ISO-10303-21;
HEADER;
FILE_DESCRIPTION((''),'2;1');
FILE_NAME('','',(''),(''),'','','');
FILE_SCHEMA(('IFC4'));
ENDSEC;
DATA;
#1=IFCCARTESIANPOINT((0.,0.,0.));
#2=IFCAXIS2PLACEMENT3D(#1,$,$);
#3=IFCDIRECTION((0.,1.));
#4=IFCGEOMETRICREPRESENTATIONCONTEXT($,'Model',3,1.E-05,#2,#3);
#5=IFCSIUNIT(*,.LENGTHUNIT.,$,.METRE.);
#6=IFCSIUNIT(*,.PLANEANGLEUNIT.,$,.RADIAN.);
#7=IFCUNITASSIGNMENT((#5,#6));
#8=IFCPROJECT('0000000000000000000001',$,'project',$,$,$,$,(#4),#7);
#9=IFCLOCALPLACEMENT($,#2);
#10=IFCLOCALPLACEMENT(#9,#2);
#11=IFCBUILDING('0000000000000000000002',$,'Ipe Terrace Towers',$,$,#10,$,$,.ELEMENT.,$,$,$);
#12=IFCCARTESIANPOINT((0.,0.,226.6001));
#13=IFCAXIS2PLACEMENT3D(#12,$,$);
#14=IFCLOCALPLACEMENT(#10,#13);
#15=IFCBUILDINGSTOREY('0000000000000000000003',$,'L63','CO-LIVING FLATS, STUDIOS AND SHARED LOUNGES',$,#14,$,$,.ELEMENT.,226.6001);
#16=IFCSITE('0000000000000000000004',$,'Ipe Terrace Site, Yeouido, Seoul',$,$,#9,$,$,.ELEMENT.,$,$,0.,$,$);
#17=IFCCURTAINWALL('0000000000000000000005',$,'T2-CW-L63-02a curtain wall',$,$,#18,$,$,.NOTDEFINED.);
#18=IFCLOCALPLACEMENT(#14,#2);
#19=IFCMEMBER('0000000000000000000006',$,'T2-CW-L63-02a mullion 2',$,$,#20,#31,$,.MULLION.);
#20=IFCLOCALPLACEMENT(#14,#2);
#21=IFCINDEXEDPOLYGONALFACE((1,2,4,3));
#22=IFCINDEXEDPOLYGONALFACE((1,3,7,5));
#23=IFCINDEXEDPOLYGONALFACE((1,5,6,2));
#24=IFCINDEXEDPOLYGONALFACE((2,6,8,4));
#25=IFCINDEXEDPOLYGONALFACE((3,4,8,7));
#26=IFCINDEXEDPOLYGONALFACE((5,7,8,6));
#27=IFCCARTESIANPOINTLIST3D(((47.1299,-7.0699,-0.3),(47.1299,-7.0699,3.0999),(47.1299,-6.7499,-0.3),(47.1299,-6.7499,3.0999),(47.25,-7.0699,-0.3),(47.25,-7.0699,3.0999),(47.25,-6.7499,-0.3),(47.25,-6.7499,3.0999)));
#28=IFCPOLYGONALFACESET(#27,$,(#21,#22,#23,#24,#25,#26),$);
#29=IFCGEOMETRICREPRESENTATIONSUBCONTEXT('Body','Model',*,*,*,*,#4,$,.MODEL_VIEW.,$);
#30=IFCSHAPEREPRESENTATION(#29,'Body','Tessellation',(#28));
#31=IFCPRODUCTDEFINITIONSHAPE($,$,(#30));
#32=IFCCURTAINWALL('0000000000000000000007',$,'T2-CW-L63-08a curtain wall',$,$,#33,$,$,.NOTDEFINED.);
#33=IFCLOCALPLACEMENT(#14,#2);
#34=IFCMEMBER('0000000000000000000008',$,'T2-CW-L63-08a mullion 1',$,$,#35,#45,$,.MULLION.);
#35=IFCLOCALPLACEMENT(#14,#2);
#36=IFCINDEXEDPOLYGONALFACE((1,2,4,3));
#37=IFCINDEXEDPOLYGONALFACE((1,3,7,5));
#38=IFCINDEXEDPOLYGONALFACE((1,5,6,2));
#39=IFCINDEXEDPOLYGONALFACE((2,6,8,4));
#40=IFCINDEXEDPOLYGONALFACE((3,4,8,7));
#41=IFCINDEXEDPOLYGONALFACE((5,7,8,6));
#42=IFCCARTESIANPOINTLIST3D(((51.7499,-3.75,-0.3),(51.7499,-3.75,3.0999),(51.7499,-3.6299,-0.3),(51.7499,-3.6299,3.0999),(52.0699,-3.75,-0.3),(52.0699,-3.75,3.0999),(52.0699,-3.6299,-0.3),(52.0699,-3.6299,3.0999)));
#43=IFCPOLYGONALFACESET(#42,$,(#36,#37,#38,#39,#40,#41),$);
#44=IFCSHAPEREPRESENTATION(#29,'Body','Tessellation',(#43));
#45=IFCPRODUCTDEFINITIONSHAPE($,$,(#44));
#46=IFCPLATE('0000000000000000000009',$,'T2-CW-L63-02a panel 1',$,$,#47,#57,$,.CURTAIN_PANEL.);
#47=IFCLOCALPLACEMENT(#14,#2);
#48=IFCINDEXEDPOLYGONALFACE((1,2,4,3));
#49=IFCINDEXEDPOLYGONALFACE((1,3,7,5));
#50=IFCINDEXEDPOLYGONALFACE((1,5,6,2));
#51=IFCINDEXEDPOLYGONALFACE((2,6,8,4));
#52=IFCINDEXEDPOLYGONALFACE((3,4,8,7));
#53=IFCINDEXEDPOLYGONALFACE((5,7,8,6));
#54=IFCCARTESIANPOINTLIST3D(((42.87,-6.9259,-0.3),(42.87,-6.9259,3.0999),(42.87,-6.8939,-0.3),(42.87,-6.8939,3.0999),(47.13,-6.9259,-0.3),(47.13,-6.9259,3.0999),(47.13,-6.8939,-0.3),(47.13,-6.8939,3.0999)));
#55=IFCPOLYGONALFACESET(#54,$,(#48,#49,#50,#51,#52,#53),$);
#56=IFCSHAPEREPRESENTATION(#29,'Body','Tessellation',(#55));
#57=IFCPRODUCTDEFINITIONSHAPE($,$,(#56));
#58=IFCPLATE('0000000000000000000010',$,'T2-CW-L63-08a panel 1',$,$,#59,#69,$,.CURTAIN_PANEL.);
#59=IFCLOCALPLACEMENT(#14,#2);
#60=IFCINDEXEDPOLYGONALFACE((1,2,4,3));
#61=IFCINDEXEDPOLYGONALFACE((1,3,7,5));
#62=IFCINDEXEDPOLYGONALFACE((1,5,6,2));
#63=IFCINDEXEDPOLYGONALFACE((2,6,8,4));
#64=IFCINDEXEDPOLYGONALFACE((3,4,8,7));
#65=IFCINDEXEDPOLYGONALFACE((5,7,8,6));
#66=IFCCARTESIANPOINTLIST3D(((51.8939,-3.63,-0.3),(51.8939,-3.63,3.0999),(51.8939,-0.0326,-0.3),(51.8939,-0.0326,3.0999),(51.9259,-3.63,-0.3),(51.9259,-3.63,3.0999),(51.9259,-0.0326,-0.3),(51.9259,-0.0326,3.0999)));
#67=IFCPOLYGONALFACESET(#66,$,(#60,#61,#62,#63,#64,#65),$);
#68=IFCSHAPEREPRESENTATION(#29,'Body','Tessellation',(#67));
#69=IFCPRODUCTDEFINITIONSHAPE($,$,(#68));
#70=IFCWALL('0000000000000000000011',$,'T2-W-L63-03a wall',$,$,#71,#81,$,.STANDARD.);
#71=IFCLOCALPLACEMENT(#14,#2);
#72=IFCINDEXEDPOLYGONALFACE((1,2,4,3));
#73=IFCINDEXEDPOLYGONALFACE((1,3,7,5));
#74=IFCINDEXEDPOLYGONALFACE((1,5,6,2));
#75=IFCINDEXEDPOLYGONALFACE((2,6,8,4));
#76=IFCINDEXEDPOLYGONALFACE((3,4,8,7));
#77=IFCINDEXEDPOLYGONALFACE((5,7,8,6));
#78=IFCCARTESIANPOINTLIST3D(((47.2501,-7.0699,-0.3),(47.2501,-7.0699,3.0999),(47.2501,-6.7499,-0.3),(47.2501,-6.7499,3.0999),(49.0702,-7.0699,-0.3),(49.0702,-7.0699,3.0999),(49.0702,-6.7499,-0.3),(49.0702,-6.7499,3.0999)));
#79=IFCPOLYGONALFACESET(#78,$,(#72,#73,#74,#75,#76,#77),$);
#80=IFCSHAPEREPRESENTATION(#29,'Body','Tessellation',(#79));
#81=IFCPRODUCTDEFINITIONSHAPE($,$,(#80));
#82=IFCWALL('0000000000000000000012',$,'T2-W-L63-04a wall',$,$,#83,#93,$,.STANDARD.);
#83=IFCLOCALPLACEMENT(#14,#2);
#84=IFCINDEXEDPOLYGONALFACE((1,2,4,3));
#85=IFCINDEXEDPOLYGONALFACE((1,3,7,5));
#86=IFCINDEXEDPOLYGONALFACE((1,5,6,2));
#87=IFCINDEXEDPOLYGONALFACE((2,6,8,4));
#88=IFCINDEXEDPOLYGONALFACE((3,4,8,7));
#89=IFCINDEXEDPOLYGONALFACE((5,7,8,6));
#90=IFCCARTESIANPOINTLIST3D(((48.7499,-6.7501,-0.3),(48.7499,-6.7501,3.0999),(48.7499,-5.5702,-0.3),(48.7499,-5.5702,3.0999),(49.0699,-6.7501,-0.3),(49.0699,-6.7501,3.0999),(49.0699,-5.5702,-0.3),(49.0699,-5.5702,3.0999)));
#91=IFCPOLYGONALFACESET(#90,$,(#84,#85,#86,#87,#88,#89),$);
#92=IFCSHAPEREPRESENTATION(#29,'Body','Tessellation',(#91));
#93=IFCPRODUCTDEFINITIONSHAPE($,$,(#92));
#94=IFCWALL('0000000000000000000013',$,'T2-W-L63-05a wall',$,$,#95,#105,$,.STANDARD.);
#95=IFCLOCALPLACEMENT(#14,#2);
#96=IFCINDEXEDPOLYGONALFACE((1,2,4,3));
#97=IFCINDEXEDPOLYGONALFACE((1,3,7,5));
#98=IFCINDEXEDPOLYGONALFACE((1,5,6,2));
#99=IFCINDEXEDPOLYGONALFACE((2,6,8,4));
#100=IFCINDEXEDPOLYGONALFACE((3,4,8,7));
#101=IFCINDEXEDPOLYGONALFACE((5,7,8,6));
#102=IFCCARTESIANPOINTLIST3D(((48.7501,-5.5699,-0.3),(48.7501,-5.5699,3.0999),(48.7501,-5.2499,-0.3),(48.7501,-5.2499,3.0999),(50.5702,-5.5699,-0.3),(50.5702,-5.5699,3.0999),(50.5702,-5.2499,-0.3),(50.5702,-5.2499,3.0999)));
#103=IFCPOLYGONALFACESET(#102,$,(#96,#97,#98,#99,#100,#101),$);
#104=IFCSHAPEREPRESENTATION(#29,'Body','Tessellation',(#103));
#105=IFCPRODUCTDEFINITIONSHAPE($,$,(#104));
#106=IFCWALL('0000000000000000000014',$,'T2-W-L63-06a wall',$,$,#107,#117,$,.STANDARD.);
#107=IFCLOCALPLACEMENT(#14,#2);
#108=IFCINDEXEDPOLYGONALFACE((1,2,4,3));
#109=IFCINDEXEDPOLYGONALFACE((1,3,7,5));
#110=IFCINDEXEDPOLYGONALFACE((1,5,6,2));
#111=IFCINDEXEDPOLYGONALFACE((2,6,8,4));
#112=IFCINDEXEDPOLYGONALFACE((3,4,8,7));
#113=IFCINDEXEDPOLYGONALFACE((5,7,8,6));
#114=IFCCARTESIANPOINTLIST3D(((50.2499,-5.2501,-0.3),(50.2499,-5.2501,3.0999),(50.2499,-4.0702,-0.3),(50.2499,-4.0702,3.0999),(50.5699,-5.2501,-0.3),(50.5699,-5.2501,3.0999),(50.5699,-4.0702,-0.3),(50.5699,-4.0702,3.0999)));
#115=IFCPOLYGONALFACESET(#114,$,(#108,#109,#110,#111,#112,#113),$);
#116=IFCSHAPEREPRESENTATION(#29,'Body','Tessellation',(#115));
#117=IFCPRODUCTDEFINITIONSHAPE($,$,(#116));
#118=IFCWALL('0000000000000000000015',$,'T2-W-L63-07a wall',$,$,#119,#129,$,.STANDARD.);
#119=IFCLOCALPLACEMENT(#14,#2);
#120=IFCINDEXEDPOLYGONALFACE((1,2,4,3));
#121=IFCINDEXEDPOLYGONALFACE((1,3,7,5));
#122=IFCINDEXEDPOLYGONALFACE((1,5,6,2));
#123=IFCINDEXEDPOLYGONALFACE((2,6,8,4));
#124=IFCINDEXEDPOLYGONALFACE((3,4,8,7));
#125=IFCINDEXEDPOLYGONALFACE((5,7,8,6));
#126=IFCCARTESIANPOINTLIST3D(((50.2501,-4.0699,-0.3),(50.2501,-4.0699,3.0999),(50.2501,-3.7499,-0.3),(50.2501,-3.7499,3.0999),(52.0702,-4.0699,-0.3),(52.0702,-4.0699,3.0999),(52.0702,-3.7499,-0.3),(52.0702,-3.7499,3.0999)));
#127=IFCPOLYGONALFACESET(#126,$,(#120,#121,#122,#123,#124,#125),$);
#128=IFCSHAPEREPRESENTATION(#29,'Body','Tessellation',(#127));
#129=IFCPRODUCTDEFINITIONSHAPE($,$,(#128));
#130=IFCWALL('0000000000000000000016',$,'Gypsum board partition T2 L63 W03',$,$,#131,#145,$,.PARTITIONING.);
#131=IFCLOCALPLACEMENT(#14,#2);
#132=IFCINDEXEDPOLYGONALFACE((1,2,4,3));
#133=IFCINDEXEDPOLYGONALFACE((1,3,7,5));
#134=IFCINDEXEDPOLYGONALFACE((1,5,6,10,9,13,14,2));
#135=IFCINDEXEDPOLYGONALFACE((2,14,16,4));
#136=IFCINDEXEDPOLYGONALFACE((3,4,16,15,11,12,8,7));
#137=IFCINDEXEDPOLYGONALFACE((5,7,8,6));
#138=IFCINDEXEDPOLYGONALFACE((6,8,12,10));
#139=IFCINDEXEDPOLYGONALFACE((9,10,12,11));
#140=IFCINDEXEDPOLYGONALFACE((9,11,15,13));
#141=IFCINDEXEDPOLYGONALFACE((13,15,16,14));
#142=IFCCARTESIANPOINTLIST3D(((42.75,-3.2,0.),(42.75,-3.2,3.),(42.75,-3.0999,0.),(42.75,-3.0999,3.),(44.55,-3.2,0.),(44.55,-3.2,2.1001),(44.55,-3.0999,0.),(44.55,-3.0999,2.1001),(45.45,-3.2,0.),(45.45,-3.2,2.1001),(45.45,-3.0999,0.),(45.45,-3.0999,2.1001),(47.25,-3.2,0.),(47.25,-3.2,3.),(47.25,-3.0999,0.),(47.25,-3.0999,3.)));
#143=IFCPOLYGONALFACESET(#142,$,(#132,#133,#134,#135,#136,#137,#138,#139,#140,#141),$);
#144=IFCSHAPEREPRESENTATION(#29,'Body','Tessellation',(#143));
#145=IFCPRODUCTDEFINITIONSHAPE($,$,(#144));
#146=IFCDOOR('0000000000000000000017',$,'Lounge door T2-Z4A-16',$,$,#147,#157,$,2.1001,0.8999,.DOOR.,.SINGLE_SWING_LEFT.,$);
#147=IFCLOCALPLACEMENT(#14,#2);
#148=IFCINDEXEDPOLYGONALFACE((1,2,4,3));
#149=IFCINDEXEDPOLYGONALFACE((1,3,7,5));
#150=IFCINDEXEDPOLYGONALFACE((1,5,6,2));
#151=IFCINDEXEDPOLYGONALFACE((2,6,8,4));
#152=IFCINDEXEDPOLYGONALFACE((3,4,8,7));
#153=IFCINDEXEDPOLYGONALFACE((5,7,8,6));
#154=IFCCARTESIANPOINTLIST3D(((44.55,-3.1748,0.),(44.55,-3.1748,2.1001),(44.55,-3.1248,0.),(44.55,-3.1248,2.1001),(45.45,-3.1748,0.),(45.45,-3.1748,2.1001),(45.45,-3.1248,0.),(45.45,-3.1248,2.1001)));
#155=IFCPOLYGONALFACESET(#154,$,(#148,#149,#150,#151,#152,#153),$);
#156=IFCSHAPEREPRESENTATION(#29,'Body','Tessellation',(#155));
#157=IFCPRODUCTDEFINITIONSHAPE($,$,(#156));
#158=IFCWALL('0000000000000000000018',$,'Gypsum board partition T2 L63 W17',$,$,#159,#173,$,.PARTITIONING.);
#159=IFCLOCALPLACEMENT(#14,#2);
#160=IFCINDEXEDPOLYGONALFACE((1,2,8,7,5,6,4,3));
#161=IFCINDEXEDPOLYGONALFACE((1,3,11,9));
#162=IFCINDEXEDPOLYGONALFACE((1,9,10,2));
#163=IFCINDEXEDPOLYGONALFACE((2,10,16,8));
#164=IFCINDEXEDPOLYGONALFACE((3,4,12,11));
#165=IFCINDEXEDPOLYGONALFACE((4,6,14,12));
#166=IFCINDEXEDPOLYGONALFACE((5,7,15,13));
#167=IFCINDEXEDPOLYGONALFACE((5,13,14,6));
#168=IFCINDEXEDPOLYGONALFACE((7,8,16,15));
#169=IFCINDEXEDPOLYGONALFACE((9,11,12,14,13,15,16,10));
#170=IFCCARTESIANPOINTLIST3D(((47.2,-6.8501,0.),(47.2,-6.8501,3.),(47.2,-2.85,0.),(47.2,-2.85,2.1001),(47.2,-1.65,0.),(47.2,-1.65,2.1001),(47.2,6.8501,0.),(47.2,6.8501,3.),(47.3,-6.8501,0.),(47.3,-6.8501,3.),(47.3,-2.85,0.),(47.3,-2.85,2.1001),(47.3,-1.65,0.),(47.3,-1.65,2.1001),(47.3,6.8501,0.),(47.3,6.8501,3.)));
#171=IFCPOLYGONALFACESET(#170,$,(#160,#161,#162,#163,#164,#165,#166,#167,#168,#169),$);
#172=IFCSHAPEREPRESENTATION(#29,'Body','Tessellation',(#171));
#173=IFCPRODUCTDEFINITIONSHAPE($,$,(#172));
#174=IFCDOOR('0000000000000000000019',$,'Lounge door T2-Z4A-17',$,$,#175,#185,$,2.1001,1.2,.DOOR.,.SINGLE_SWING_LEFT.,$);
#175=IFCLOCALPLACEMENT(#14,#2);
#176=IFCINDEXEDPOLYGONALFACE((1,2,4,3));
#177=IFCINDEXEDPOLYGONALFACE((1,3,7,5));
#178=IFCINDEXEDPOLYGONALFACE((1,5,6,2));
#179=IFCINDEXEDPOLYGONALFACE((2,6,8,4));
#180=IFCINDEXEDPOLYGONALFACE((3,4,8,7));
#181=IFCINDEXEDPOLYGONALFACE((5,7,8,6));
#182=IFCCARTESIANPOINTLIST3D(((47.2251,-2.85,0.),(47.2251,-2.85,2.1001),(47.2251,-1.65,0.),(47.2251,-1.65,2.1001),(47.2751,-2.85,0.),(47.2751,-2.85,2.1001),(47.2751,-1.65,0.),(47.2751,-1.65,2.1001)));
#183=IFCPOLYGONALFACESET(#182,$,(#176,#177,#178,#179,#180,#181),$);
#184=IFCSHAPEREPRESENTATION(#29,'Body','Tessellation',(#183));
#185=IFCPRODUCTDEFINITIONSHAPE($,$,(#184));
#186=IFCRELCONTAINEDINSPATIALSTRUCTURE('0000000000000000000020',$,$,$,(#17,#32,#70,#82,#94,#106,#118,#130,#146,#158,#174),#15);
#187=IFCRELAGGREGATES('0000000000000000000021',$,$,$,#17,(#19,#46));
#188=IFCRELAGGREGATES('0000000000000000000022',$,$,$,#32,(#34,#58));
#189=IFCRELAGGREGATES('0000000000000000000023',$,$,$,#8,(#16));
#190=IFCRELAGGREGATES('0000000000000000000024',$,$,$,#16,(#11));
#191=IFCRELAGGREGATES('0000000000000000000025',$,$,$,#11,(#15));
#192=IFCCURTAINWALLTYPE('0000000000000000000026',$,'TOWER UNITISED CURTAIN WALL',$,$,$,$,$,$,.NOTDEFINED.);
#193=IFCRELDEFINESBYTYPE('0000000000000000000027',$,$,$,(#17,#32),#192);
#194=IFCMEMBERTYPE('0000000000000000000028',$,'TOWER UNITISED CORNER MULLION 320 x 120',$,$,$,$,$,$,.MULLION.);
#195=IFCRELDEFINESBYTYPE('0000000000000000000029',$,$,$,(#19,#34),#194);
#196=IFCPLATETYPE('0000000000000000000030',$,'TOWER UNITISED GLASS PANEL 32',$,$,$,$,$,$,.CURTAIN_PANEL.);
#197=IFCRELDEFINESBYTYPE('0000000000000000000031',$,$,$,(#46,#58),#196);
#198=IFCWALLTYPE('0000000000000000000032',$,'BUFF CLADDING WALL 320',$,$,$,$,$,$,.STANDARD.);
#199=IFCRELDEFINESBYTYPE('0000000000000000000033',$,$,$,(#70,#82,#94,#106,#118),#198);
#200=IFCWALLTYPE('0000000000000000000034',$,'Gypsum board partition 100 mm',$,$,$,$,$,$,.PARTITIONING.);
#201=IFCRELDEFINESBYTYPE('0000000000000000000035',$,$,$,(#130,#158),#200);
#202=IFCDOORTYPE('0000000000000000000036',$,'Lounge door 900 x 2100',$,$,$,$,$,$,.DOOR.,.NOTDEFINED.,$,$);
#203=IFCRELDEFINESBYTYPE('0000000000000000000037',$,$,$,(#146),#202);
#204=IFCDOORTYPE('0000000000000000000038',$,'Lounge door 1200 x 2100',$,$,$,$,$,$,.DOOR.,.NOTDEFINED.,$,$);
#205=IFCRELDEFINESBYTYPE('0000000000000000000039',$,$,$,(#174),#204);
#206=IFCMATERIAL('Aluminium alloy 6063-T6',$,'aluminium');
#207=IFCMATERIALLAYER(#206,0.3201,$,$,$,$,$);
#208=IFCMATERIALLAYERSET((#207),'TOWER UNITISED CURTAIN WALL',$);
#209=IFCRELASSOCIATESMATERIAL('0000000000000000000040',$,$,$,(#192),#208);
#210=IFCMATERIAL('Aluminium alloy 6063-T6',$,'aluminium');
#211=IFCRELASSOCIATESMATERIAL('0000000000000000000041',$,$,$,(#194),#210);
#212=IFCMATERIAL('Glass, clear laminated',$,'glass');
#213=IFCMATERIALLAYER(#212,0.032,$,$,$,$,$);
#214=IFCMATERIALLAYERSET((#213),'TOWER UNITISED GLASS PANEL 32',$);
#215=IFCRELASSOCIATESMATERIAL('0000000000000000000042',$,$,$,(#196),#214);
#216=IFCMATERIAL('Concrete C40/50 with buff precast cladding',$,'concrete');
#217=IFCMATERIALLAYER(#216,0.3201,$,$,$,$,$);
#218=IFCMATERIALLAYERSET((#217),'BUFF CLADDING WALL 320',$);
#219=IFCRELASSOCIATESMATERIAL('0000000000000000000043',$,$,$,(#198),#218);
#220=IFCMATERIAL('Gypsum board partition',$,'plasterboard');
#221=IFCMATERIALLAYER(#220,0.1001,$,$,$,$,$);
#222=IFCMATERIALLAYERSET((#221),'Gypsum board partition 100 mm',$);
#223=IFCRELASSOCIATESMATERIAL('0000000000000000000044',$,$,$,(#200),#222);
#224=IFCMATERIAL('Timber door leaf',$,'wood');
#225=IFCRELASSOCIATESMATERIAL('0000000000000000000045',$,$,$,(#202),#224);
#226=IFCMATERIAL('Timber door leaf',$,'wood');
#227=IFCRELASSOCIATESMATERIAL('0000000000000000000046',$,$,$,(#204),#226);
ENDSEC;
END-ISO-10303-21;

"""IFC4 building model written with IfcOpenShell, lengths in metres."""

from ifc_helpers import new_model, si_unit, direction, frame, frame_2d, origin, origin_2d, place, context, subcontext, project, spatial, rectangle, extrude, material, layer, layer_set, material_profile, profile_set, type_object, element, fill, aggregate, save


model = new_model("IFC4")

# Units and contexts
model_context = context("Model", 3, precision=1e-05, world=origin(), true_north=direction((0.0, 1.0)))
body_context = subcontext(model_context, "Body", "Model", "MODEL_VIEW")
ifc_project = project(units=[si_unit("LENGTHUNIT", "METRE"), si_unit("PLANEANGLEUNIT", "RADIAN")], contexts=[model_context])

# Site, building, storey
site_placement = place(None, origin())
site = spatial("IfcSite", under=ifc_project, at=site_placement, Name="Ipe Terrace Site, Yeouido, Seoul", CompositionType="ELEMENT", RefElevation=0.0)
building_placement = place(site_placement, origin())
building = spatial("IfcBuilding", under=site, at=building_placement, Name="Ipe Terrace Towers", CompositionType="ELEMENT")
storey_placement = place(building_placement, frame((0.0, 0.0, 226.6001)))
storey = spatial("IfcBuildingStorey", under=building, at=storey_placement, Name="L63", Description="CO-LIVING FLATS, STUDIOS AND SHARED LOUNGES", CompositionType="ELEMENT", Elevation=226.6001)

# Curtain wall, member
ifc_material_1 = material(Name="Aluminium alloy 6063-T6", Category="aluminium")
ifc_layer_1 = layer(ifc_material_1, 0.3201)
ifc_layer_set_1 = layer_set([ifc_layer_1], Name="TOWER UNITISED CURTAIN WALL")
curtain_wall_type = type_object("IfcCurtainWallType", Name="TOWER UNITISED CURTAIN WALL", PredefinedType="NOTDEFINED", material=ifc_layer_set_1)
curtain_wall_1_placement = place(storey_placement, origin())
curtain_wall_1 = element("IfcCurtainWall", 1, at=curtain_wall_1_placement, inside=storey, type_object=curtain_wall_type, Name="T2-CW-L63-02a curtain wall", PredefinedType="NOTDEFINED")
ifc_material_2 = material(Name="Aluminium alloy 6063-T6", Category="aluminium")
ifc_material_profile_1 = material_profile(ifc_material_2, rectangle(XDim=0.3201, YDim=0.1201, at=origin_2d()), Name="TOWER UNITISED CORNER MULLION 320 x 120")
ifc_profile_set_1 = profile_set([ifc_material_profile_1], Name="Aluminium alloy 6063-T6")
member_type = type_object("IfcMemberType", Name="TOWER UNITISED CORNER MULLION 320 x 120", PredefinedType="MULLION", material=ifc_profile_set_1)
member_1_placement = place(storey_placement, frame((47.1899, -6.9099, -0.3), z_axis=(0.0, 0.0, 1.0), x_axis=(0.0, -1.0, 0.0)))
member_1 = element("IfcMember", 2, at=member_1_placement, type_object=member_type, Name="T2-CW-L63-02a mullion 2", PredefinedType="MULLION", context=body_context, shape_type="SweptSolid", body=[
    extrude(rectangle(XDim=0.3201, YDim=0.1201, at=origin_2d()), origin(), (0.0, 0.0, 1.0), 3.3999),
])

# Curtain wall, member
curtain_wall_2_placement = place(storey_placement, origin())
curtain_wall_2 = element("IfcCurtainWall", 3, at=curtain_wall_2_placement, inside=storey, type_object=curtain_wall_type, Name="T2-CW-L63-08a curtain wall", PredefinedType="NOTDEFINED")
member_2_placement = place(storey_placement, frame((51.9099, -3.6899, -0.3), z_axis=(0.0, 0.0, 1.0), x_axis=(1.0, 0.0, 0.0)))
member_2 = element("IfcMember", 4, at=member_2_placement, type_object=member_type, Name="T2-CW-L63-08a mullion 1", PredefinedType="MULLION", context=body_context, shape_type="SweptSolid", body=[
    extrude(rectangle(XDim=0.3201, YDim=0.1201, at=origin_2d()), origin(), (0.0, 0.0, 1.0), 3.3999),
])

# Plates
ifc_material_3 = material(Name="Glass, clear laminated", Category="glass")
ifc_layer_2 = layer(ifc_material_3, 0.032)
ifc_layer_set_2 = layer_set([ifc_layer_2], Name="TOWER UNITISED GLASS PANEL 32")
plate_type = type_object("IfcPlateType", Name="TOWER UNITISED GLASS PANEL 32", PredefinedType="CURTAIN_PANEL", material=ifc_layer_set_2)
plate_1_placement = place(storey_placement, frame((45.0, -6.9099, -0.3), z_axis=(0.0, 0.0, 1.0), x_axis=(1.0, 0.0, 0.0)))
plate_1 = element("IfcPlate", 5, at=plate_1_placement, type_object=plate_type, Name="T2-CW-L63-02a panel 1", PredefinedType="CURTAIN_PANEL", context=body_context, shape_type="SweptSolid", body=[
    extrude(rectangle(XDim=4.26, YDim=0.032, at=origin_2d()), origin(), (0.0, 0.0, 1.0), 3.3999),
])
aggregate(curtain_wall_1, [member_1, plate_1])
plate_2_placement = place(storey_placement, frame((51.9099, -1.8313, -0.3), z_axis=(0.0, 0.0, 1.0), x_axis=(0.0, 1.0, 0.0)))
plate_2 = element("IfcPlate", 6, at=plate_2_placement, type_object=plate_type, Name="T2-CW-L63-08a panel 1", PredefinedType="CURTAIN_PANEL", context=body_context, shape_type="SweptSolid", body=[
    extrude(rectangle(XDim=3.5974, YDim=0.032, at=origin_2d()), origin(), (0.0, 0.0, 1.0), 3.3999),
])
aggregate(curtain_wall_2, [member_2, plate_2])

# Walls
ifc_material_4 = material(Name="Concrete C40/50 with buff precast cladding", Category="concrete")
ifc_layer_3 = layer(ifc_material_4, 0.3201)
ifc_layer_set_3 = layer_set([ifc_layer_3], Name="BUFF CLADDING WALL 320")
wall_type_1 = type_object("IfcWallType", Name="BUFF CLADDING WALL 320", PredefinedType="STANDARD", material=ifc_layer_set_3)
wall_1_placement = place(storey_placement, frame((47.25, -6.9099, -0.3), z_axis=(0.0, 0.0, 1.0), x_axis=(1.0, 0.0, 0.0)))
element("IfcWall", 7, at=wall_1_placement, inside=storey, type_object=wall_type_1, Name="T2-W-L63-03a wall", PredefinedType="STANDARD", context=body_context, shape_type="SweptSolid", body=[
    extrude(rectangle(XDim=1.8201, YDim=0.3201, at=frame_2d((0.9102, 0.0))), origin(), (0.0, 0.0, 1.0), 3.3999),
])
wall_2_placement = place(storey_placement, frame((48.9099, -6.75, -0.3), z_axis=(0.0, 0.0, 1.0), x_axis=(0.0, 1.0, 0.0)))
element("IfcWall", 8, at=wall_2_placement, inside=storey, type_object=wall_type_1, Name="T2-W-L63-04a wall", PredefinedType="STANDARD", context=body_context, shape_type="SweptSolid", body=[
    extrude(rectangle(XDim=1.1799, YDim=0.3201, at=frame_2d((0.5898, 0.0))), origin(), (0.0, 0.0, 1.0), 3.3999),
])
wall_3_placement = place(storey_placement, frame((48.75, -5.4099, -0.3), z_axis=(0.0, 0.0, 1.0), x_axis=(1.0, 0.0, 0.0)))
element("IfcWall", 9, at=wall_3_placement, inside=storey, type_object=wall_type_1, Name="T2-W-L63-05a wall", PredefinedType="STANDARD", context=body_context, shape_type="SweptSolid", body=[
    extrude(rectangle(XDim=1.8201, YDim=0.3201, at=frame_2d((0.9102, 0.0))), origin(), (0.0, 0.0, 1.0), 3.3999),
])
wall_4_placement = place(storey_placement, frame((50.4099, -5.25, -0.3), z_axis=(0.0, 0.0, 1.0), x_axis=(0.0, 1.0, 0.0)))
element("IfcWall", 10, at=wall_4_placement, inside=storey, type_object=wall_type_1, Name="T2-W-L63-06a wall", PredefinedType="STANDARD", context=body_context, shape_type="SweptSolid", body=[
    extrude(rectangle(XDim=1.1799, YDim=0.3201, at=frame_2d((0.5898, 0.0))), origin(), (0.0, 0.0, 1.0), 3.3999),
])
wall_5_placement = place(storey_placement, frame((50.25, -3.9099, -0.3), z_axis=(0.0, 0.0, 1.0), x_axis=(1.0, 0.0, 0.0)))
element("IfcWall", 11, at=wall_5_placement, inside=storey, type_object=wall_type_1, Name="T2-W-L63-07a wall", PredefinedType="STANDARD", context=body_context, shape_type="SweptSolid", body=[
    extrude(rectangle(XDim=1.8201, YDim=0.3201, at=frame_2d((0.9102, 0.0))), origin(), (0.0, 0.0, 1.0), 3.3999),
])

# Walls, openings, doors
ifc_material_5 = material(Name="Gypsum board partition", Category="plasterboard")
ifc_layer_4 = layer(ifc_material_5, 0.1001)
ifc_layer_set_4 = layer_set([ifc_layer_4], Name="Gypsum board partition 100 mm")
wall_type_2 = type_object("IfcWallType", Name="Gypsum board partition 100 mm", PredefinedType="PARTITIONING", material=ifc_layer_set_4)
wall_6_placement = place(storey_placement, frame((47.25, -3.1499, 0.0), z_axis=(0.0, 0.0, 1.0), x_axis=(-1.0, 0.0, 0.0)))
wall_6 = element("IfcWall", 12, at=wall_6_placement, inside=storey, type_object=wall_type_2, Name="Gypsum board partition T2 L63 W03", PredefinedType="PARTITIONING", context=body_context, shape_type="SweptSolid", body=[
    extrude(rectangle(XDim=4.5, YDim=0.1001, at=frame_2d((2.25, 0.0))), origin(), (0.0, 0.0, 1.0), 3.0),
])
opening_1_placement = place(wall_6_placement, frame((1.8, 0.0, 0.0)))
opening_1 = element("IfcOpeningElement", 13, at=opening_1_placement, cuts=wall_6, PredefinedType="OPENING", context=body_context, shape_type="SweptSolid", body=[
    extrude(rectangle(XDim=0.8999, YDim=2.1001, at=frame_2d((0.45, 1.05))), frame((0.0, 0.0601, 0.0), z_axis=(0.0, -1.0, 0.0), x_axis=(1.0, 0.0, 0.0)), (0.0, 0.0, 1.0), 0.1201),
])
ifc_material_6 = material(Name="Timber door leaf", Category="wood")
door_type_1 = type_object("IfcDoorType", Name="Lounge door 900 x 2100", OperationType="NOTDEFINED", PredefinedType="DOOR", material=ifc_material_6)
door_1_placement = place(opening_1_placement, origin())
door_1 = element("IfcDoor", 14, at=door_1_placement, inside=storey, type_object=door_type_1, Name="Lounge door T2-Z4A-16", OperationType="SINGLE_SWING_LEFT", OverallHeight=2.1001, OverallWidth=0.8999, PredefinedType="DOOR", context=body_context, shape_type="SweptSolid", body=[
    extrude(rectangle(XDim=0.8999, YDim=2.1001, at=frame_2d((0.45, 1.05))), frame((0.0, 0.0249, 0.0), z_axis=(0.0, -1.0, 0.0), x_axis=(1.0, 0.0, 0.0)), (0.0, 0.0, 1.0), 0.05),
])
fill(opening_1, door_1)
wall_7_placement = place(storey_placement, frame((47.25, -6.8501, 0.0), z_axis=(0.0, 0.0, 1.0), x_axis=(0.0, 1.0, 0.0)))
wall_7 = element("IfcWall", 15, at=wall_7_placement, inside=storey, type_object=wall_type_2, Name="Gypsum board partition T2 L63 W17", PredefinedType="PARTITIONING", context=body_context, shape_type="SweptSolid", body=[
    extrude(rectangle(XDim=13.7002, YDim=0.1001, at=frame_2d((6.8501, 0.0))), origin(), (0.0, 0.0, 1.0), 3.0),
])
opening_2_placement = place(wall_7_placement, frame((4.0, 0.0, 0.0)))
opening_2 = element("IfcOpeningElement", 16, at=opening_2_placement, cuts=wall_7, PredefinedType="OPENING", context=body_context, shape_type="SweptSolid", body=[
    extrude(rectangle(XDim=1.2, YDim=2.1001, at=frame_2d((0.6001, 1.05))), frame((0.0, 0.0601, 0.0), z_axis=(0.0, -1.0, 0.0), x_axis=(1.0, 0.0, 0.0)), (0.0, 0.0, 1.0), 0.1201),
])
ifc_material_7 = material(Name="Timber door leaf", Category="wood")
door_type_2 = type_object("IfcDoorType", Name="Lounge door 1200 x 2100", OperationType="NOTDEFINED", PredefinedType="DOOR", material=ifc_material_7)
door_2_placement = place(opening_2_placement, origin())
door_2 = element("IfcDoor", 17, at=door_2_placement, inside=storey, type_object=door_type_2, Name="Lounge door T2-Z4A-17", OperationType="SINGLE_SWING_LEFT", OverallHeight=2.1001, OverallWidth=1.2, PredefinedType="DOOR", context=body_context, shape_type="SweptSolid", body=[
    extrude(rectangle(XDim=1.2, YDim=2.1001, at=frame_2d((0.6001, 1.05))), frame((0.0, 0.0249, 0.0), z_axis=(0.0, -1.0, 0.0), x_axis=(1.0, 0.0, 0.0)), (0.0, 0.0, 1.0), 0.05),
])
fill(opening_2, door_2)

save(model, "model.ifc")
